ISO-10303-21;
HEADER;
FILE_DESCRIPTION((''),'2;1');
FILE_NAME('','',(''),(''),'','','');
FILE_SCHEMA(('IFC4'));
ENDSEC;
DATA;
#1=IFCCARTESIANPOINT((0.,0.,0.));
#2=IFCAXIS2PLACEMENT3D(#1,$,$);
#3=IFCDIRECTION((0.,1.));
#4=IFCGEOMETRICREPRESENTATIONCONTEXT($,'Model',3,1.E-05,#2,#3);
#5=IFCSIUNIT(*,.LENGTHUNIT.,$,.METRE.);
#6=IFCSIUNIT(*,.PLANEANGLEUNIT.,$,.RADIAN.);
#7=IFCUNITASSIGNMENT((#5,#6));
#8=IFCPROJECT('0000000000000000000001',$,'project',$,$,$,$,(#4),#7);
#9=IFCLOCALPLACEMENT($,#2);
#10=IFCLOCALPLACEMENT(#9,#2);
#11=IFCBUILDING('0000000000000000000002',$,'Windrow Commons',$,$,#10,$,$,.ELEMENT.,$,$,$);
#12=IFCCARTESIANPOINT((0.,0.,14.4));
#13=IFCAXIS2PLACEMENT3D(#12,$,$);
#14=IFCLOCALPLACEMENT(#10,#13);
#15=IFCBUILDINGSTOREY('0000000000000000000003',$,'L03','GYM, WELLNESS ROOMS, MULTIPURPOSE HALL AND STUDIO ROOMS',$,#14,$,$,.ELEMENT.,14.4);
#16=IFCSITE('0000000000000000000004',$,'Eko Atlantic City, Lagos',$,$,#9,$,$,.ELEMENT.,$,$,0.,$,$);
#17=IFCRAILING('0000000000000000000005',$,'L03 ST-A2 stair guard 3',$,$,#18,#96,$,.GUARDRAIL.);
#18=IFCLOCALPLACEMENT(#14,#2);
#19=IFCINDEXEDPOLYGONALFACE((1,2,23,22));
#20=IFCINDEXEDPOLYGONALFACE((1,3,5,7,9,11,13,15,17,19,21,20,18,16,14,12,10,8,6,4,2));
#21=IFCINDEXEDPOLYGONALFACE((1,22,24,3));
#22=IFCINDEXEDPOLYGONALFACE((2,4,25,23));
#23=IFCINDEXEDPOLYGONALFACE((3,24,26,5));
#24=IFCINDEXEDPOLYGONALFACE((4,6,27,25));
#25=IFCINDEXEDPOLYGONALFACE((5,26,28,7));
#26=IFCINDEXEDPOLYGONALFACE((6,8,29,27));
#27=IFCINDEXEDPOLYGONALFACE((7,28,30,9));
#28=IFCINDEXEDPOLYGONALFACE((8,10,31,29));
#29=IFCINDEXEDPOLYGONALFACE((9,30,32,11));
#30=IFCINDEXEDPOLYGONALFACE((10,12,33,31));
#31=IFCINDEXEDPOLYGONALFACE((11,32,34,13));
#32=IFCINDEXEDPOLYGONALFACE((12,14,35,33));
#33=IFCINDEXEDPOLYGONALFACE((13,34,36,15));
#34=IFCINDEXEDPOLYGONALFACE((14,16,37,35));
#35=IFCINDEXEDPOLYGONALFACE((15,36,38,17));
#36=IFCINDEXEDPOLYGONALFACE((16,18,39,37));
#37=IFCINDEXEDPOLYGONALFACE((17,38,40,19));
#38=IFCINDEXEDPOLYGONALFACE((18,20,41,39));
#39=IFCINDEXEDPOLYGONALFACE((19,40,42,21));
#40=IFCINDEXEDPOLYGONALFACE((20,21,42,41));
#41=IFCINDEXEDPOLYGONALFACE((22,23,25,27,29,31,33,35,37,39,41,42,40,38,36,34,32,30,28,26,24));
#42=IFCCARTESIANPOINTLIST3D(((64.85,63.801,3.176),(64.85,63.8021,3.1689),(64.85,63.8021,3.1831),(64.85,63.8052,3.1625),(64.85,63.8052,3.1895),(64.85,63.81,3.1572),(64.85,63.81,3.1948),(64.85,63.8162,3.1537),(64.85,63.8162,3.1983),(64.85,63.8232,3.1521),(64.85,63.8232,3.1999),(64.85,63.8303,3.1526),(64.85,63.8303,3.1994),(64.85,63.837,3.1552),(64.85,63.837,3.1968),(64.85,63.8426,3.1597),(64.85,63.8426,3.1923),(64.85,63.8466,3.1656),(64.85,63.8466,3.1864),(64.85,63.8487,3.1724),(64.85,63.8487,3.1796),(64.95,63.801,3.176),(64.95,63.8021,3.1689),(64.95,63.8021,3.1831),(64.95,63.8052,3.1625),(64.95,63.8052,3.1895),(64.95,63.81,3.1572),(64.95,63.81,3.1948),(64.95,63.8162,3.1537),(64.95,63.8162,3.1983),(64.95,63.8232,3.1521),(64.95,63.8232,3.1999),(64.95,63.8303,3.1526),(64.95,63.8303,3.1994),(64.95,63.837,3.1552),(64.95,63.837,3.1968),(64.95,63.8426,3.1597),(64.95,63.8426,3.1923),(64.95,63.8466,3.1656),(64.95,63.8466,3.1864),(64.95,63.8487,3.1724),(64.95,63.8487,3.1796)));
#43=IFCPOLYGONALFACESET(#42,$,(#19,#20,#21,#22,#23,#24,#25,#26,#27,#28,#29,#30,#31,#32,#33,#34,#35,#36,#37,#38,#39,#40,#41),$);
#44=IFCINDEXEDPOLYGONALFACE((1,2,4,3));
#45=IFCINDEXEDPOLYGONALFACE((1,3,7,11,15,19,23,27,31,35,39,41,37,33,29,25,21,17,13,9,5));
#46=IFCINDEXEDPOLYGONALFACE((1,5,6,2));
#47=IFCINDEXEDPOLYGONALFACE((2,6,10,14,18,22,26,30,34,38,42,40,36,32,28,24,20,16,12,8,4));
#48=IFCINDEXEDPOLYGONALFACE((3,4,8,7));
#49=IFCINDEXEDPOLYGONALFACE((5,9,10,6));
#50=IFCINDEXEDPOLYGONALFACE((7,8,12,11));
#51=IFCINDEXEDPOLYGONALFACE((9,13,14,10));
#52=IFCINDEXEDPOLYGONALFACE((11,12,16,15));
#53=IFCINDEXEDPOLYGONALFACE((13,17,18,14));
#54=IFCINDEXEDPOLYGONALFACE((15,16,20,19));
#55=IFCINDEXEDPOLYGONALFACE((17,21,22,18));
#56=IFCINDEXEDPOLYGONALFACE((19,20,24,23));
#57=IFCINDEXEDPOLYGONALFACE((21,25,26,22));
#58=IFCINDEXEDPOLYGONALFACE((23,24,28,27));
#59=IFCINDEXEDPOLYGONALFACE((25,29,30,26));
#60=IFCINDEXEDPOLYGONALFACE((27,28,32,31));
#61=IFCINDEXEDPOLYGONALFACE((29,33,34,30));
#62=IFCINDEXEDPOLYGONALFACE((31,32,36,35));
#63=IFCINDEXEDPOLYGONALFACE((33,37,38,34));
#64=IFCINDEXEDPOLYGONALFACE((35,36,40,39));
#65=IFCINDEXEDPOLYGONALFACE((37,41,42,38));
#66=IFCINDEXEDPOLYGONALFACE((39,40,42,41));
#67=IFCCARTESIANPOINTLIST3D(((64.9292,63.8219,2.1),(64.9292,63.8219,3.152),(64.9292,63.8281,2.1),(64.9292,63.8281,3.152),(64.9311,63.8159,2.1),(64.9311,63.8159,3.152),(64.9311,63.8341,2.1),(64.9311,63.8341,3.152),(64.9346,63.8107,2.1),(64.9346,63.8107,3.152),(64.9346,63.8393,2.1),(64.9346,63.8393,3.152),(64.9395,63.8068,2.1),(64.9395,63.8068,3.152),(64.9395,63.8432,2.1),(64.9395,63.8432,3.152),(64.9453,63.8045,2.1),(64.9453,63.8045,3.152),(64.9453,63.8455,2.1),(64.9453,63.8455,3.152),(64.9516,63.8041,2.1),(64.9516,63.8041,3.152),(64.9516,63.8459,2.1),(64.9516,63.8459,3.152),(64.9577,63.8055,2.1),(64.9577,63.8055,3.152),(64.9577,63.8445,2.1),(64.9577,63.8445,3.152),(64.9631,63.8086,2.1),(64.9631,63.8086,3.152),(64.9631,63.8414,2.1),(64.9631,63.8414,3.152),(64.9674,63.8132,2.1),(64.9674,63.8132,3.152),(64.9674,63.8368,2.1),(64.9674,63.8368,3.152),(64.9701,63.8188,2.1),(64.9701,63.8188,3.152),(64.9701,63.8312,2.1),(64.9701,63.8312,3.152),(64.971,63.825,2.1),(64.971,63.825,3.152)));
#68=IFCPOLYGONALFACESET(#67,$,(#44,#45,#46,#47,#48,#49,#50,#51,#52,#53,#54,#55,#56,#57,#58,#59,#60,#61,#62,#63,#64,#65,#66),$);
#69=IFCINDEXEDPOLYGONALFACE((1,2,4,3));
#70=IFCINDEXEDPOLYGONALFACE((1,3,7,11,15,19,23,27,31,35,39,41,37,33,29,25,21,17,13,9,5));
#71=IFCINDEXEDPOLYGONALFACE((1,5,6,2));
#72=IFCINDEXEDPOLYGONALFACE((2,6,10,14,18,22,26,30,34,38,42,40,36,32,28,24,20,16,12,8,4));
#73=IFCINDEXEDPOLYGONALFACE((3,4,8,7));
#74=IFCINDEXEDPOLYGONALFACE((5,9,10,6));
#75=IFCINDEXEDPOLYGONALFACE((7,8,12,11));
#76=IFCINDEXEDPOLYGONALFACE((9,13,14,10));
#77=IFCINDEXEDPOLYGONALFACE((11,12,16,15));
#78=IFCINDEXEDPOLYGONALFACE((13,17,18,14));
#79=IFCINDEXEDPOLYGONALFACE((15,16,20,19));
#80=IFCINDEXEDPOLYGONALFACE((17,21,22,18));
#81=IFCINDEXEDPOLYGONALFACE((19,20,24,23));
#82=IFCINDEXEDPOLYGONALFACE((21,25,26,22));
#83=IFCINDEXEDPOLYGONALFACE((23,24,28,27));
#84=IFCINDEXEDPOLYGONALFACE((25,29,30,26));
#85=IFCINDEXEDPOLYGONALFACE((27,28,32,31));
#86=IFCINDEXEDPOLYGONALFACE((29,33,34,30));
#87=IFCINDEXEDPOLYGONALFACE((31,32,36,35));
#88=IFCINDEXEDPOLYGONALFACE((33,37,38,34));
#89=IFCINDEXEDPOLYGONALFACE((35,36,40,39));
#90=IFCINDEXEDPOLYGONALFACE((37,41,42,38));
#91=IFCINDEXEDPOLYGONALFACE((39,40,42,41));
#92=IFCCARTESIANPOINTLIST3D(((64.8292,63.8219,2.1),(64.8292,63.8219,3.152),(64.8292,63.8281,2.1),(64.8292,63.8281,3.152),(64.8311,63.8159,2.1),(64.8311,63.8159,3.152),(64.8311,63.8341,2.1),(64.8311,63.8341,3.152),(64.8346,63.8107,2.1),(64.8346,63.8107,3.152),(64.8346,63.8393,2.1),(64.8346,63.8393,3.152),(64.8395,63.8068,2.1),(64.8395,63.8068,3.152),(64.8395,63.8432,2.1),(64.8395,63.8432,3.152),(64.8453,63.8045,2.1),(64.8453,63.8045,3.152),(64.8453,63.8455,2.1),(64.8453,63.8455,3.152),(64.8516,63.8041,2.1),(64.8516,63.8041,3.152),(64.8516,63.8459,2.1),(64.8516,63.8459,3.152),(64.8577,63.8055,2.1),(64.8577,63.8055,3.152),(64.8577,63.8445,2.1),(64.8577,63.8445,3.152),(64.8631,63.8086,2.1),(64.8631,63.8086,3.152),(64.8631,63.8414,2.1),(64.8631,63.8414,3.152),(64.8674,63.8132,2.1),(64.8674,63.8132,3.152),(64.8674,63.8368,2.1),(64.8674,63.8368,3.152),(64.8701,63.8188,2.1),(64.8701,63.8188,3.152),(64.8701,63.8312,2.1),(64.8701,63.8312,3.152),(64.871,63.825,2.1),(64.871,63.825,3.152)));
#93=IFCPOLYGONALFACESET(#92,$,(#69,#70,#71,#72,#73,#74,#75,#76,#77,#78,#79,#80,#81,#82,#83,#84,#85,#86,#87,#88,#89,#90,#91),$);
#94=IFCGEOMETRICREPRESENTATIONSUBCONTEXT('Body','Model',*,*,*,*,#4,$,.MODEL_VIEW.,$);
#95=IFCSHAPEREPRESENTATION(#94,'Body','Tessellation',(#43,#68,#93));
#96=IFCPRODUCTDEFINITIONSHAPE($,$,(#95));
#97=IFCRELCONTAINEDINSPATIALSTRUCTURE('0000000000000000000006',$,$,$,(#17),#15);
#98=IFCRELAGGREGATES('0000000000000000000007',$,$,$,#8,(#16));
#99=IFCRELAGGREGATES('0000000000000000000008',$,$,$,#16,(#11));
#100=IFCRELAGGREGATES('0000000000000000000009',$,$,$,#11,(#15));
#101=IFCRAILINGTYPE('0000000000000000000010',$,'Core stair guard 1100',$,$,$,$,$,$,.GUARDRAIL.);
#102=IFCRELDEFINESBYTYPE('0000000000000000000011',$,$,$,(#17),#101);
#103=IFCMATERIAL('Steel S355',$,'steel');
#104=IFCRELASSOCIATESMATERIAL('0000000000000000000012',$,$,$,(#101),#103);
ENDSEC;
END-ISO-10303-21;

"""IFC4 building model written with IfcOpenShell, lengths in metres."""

from ifc_helpers import new_model, si_unit, direction, frame, origin, origin_2d, place, context, subcontext, project, spatial, circle, extrude, material, type_object, element, save


model = new_model("IFC4")

# Units and contexts
model_context = context("Model", 3, precision=1e-05, world=origin(), true_north=direction((0.0, 1.0)))
body_context = subcontext(model_context, "Body", "Model", "MODEL_VIEW")
ifc_project = project(units=[si_unit("LENGTHUNIT", "METRE"), si_unit("PLANEANGLEUNIT", "RADIAN")], contexts=[model_context])

# Site, building, storey
site_placement = place(None, origin())
site = spatial("IfcSite", under=ifc_project, at=site_placement, Name="Eko Atlantic City, Lagos", CompositionType="ELEMENT", RefElevation=0.0)
building_placement = place(site_placement, origin())
building = spatial("IfcBuilding", under=site, at=building_placement, Name="Windrow Commons", CompositionType="ELEMENT")
storey_placement = place(building_placement, frame((0.0, 0.0, 14.4)))
storey = spatial("IfcBuildingStorey", under=building, at=storey_placement, Name="L03", Description="GYM, WELLNESS ROOMS, MULTIPURPOSE HALL AND STUDIO ROOMS", CompositionType="ELEMENT", Elevation=14.4)

# Railing
ifc_material_1 = material(Name="Steel S355", Category="steel")
railing_type_1 = type_object("IfcRailingType", Name="Core stair guard 1100", PredefinedType="GUARDRAIL", material=ifc_material_1)
railing_1_placement = place(storey_placement, frame((64.95, 63.825, 2.1)))
element("IfcRailing", 1, at=railing_1_placement, inside=storey, type_object=railing_type_1, Name="L03 ST-A2 stair guard 3", PredefinedType="GUARDRAIL", context=body_context, shape_type="SweptSolid", body=[
    extrude(circle(Radius=0.024, at=origin_2d()), frame((0.0, 0.0, 1.076), z_axis=(-1.0, 0.0, 0.0), x_axis=(0.0, -1.0, 0.0)), (0.0, 0.0, 1.0), 0.1),
    extrude(circle(Radius=0.021, at=origin_2d()), origin(), (0.0, 0.0, 1.0), 1.052),
    extrude(circle(Radius=0.021, at=origin_2d()), frame((-0.1, 0.0, 0.0)), (0.0, 0.0, 1.0), 1.052),
])

save(model, "model.ifc")
